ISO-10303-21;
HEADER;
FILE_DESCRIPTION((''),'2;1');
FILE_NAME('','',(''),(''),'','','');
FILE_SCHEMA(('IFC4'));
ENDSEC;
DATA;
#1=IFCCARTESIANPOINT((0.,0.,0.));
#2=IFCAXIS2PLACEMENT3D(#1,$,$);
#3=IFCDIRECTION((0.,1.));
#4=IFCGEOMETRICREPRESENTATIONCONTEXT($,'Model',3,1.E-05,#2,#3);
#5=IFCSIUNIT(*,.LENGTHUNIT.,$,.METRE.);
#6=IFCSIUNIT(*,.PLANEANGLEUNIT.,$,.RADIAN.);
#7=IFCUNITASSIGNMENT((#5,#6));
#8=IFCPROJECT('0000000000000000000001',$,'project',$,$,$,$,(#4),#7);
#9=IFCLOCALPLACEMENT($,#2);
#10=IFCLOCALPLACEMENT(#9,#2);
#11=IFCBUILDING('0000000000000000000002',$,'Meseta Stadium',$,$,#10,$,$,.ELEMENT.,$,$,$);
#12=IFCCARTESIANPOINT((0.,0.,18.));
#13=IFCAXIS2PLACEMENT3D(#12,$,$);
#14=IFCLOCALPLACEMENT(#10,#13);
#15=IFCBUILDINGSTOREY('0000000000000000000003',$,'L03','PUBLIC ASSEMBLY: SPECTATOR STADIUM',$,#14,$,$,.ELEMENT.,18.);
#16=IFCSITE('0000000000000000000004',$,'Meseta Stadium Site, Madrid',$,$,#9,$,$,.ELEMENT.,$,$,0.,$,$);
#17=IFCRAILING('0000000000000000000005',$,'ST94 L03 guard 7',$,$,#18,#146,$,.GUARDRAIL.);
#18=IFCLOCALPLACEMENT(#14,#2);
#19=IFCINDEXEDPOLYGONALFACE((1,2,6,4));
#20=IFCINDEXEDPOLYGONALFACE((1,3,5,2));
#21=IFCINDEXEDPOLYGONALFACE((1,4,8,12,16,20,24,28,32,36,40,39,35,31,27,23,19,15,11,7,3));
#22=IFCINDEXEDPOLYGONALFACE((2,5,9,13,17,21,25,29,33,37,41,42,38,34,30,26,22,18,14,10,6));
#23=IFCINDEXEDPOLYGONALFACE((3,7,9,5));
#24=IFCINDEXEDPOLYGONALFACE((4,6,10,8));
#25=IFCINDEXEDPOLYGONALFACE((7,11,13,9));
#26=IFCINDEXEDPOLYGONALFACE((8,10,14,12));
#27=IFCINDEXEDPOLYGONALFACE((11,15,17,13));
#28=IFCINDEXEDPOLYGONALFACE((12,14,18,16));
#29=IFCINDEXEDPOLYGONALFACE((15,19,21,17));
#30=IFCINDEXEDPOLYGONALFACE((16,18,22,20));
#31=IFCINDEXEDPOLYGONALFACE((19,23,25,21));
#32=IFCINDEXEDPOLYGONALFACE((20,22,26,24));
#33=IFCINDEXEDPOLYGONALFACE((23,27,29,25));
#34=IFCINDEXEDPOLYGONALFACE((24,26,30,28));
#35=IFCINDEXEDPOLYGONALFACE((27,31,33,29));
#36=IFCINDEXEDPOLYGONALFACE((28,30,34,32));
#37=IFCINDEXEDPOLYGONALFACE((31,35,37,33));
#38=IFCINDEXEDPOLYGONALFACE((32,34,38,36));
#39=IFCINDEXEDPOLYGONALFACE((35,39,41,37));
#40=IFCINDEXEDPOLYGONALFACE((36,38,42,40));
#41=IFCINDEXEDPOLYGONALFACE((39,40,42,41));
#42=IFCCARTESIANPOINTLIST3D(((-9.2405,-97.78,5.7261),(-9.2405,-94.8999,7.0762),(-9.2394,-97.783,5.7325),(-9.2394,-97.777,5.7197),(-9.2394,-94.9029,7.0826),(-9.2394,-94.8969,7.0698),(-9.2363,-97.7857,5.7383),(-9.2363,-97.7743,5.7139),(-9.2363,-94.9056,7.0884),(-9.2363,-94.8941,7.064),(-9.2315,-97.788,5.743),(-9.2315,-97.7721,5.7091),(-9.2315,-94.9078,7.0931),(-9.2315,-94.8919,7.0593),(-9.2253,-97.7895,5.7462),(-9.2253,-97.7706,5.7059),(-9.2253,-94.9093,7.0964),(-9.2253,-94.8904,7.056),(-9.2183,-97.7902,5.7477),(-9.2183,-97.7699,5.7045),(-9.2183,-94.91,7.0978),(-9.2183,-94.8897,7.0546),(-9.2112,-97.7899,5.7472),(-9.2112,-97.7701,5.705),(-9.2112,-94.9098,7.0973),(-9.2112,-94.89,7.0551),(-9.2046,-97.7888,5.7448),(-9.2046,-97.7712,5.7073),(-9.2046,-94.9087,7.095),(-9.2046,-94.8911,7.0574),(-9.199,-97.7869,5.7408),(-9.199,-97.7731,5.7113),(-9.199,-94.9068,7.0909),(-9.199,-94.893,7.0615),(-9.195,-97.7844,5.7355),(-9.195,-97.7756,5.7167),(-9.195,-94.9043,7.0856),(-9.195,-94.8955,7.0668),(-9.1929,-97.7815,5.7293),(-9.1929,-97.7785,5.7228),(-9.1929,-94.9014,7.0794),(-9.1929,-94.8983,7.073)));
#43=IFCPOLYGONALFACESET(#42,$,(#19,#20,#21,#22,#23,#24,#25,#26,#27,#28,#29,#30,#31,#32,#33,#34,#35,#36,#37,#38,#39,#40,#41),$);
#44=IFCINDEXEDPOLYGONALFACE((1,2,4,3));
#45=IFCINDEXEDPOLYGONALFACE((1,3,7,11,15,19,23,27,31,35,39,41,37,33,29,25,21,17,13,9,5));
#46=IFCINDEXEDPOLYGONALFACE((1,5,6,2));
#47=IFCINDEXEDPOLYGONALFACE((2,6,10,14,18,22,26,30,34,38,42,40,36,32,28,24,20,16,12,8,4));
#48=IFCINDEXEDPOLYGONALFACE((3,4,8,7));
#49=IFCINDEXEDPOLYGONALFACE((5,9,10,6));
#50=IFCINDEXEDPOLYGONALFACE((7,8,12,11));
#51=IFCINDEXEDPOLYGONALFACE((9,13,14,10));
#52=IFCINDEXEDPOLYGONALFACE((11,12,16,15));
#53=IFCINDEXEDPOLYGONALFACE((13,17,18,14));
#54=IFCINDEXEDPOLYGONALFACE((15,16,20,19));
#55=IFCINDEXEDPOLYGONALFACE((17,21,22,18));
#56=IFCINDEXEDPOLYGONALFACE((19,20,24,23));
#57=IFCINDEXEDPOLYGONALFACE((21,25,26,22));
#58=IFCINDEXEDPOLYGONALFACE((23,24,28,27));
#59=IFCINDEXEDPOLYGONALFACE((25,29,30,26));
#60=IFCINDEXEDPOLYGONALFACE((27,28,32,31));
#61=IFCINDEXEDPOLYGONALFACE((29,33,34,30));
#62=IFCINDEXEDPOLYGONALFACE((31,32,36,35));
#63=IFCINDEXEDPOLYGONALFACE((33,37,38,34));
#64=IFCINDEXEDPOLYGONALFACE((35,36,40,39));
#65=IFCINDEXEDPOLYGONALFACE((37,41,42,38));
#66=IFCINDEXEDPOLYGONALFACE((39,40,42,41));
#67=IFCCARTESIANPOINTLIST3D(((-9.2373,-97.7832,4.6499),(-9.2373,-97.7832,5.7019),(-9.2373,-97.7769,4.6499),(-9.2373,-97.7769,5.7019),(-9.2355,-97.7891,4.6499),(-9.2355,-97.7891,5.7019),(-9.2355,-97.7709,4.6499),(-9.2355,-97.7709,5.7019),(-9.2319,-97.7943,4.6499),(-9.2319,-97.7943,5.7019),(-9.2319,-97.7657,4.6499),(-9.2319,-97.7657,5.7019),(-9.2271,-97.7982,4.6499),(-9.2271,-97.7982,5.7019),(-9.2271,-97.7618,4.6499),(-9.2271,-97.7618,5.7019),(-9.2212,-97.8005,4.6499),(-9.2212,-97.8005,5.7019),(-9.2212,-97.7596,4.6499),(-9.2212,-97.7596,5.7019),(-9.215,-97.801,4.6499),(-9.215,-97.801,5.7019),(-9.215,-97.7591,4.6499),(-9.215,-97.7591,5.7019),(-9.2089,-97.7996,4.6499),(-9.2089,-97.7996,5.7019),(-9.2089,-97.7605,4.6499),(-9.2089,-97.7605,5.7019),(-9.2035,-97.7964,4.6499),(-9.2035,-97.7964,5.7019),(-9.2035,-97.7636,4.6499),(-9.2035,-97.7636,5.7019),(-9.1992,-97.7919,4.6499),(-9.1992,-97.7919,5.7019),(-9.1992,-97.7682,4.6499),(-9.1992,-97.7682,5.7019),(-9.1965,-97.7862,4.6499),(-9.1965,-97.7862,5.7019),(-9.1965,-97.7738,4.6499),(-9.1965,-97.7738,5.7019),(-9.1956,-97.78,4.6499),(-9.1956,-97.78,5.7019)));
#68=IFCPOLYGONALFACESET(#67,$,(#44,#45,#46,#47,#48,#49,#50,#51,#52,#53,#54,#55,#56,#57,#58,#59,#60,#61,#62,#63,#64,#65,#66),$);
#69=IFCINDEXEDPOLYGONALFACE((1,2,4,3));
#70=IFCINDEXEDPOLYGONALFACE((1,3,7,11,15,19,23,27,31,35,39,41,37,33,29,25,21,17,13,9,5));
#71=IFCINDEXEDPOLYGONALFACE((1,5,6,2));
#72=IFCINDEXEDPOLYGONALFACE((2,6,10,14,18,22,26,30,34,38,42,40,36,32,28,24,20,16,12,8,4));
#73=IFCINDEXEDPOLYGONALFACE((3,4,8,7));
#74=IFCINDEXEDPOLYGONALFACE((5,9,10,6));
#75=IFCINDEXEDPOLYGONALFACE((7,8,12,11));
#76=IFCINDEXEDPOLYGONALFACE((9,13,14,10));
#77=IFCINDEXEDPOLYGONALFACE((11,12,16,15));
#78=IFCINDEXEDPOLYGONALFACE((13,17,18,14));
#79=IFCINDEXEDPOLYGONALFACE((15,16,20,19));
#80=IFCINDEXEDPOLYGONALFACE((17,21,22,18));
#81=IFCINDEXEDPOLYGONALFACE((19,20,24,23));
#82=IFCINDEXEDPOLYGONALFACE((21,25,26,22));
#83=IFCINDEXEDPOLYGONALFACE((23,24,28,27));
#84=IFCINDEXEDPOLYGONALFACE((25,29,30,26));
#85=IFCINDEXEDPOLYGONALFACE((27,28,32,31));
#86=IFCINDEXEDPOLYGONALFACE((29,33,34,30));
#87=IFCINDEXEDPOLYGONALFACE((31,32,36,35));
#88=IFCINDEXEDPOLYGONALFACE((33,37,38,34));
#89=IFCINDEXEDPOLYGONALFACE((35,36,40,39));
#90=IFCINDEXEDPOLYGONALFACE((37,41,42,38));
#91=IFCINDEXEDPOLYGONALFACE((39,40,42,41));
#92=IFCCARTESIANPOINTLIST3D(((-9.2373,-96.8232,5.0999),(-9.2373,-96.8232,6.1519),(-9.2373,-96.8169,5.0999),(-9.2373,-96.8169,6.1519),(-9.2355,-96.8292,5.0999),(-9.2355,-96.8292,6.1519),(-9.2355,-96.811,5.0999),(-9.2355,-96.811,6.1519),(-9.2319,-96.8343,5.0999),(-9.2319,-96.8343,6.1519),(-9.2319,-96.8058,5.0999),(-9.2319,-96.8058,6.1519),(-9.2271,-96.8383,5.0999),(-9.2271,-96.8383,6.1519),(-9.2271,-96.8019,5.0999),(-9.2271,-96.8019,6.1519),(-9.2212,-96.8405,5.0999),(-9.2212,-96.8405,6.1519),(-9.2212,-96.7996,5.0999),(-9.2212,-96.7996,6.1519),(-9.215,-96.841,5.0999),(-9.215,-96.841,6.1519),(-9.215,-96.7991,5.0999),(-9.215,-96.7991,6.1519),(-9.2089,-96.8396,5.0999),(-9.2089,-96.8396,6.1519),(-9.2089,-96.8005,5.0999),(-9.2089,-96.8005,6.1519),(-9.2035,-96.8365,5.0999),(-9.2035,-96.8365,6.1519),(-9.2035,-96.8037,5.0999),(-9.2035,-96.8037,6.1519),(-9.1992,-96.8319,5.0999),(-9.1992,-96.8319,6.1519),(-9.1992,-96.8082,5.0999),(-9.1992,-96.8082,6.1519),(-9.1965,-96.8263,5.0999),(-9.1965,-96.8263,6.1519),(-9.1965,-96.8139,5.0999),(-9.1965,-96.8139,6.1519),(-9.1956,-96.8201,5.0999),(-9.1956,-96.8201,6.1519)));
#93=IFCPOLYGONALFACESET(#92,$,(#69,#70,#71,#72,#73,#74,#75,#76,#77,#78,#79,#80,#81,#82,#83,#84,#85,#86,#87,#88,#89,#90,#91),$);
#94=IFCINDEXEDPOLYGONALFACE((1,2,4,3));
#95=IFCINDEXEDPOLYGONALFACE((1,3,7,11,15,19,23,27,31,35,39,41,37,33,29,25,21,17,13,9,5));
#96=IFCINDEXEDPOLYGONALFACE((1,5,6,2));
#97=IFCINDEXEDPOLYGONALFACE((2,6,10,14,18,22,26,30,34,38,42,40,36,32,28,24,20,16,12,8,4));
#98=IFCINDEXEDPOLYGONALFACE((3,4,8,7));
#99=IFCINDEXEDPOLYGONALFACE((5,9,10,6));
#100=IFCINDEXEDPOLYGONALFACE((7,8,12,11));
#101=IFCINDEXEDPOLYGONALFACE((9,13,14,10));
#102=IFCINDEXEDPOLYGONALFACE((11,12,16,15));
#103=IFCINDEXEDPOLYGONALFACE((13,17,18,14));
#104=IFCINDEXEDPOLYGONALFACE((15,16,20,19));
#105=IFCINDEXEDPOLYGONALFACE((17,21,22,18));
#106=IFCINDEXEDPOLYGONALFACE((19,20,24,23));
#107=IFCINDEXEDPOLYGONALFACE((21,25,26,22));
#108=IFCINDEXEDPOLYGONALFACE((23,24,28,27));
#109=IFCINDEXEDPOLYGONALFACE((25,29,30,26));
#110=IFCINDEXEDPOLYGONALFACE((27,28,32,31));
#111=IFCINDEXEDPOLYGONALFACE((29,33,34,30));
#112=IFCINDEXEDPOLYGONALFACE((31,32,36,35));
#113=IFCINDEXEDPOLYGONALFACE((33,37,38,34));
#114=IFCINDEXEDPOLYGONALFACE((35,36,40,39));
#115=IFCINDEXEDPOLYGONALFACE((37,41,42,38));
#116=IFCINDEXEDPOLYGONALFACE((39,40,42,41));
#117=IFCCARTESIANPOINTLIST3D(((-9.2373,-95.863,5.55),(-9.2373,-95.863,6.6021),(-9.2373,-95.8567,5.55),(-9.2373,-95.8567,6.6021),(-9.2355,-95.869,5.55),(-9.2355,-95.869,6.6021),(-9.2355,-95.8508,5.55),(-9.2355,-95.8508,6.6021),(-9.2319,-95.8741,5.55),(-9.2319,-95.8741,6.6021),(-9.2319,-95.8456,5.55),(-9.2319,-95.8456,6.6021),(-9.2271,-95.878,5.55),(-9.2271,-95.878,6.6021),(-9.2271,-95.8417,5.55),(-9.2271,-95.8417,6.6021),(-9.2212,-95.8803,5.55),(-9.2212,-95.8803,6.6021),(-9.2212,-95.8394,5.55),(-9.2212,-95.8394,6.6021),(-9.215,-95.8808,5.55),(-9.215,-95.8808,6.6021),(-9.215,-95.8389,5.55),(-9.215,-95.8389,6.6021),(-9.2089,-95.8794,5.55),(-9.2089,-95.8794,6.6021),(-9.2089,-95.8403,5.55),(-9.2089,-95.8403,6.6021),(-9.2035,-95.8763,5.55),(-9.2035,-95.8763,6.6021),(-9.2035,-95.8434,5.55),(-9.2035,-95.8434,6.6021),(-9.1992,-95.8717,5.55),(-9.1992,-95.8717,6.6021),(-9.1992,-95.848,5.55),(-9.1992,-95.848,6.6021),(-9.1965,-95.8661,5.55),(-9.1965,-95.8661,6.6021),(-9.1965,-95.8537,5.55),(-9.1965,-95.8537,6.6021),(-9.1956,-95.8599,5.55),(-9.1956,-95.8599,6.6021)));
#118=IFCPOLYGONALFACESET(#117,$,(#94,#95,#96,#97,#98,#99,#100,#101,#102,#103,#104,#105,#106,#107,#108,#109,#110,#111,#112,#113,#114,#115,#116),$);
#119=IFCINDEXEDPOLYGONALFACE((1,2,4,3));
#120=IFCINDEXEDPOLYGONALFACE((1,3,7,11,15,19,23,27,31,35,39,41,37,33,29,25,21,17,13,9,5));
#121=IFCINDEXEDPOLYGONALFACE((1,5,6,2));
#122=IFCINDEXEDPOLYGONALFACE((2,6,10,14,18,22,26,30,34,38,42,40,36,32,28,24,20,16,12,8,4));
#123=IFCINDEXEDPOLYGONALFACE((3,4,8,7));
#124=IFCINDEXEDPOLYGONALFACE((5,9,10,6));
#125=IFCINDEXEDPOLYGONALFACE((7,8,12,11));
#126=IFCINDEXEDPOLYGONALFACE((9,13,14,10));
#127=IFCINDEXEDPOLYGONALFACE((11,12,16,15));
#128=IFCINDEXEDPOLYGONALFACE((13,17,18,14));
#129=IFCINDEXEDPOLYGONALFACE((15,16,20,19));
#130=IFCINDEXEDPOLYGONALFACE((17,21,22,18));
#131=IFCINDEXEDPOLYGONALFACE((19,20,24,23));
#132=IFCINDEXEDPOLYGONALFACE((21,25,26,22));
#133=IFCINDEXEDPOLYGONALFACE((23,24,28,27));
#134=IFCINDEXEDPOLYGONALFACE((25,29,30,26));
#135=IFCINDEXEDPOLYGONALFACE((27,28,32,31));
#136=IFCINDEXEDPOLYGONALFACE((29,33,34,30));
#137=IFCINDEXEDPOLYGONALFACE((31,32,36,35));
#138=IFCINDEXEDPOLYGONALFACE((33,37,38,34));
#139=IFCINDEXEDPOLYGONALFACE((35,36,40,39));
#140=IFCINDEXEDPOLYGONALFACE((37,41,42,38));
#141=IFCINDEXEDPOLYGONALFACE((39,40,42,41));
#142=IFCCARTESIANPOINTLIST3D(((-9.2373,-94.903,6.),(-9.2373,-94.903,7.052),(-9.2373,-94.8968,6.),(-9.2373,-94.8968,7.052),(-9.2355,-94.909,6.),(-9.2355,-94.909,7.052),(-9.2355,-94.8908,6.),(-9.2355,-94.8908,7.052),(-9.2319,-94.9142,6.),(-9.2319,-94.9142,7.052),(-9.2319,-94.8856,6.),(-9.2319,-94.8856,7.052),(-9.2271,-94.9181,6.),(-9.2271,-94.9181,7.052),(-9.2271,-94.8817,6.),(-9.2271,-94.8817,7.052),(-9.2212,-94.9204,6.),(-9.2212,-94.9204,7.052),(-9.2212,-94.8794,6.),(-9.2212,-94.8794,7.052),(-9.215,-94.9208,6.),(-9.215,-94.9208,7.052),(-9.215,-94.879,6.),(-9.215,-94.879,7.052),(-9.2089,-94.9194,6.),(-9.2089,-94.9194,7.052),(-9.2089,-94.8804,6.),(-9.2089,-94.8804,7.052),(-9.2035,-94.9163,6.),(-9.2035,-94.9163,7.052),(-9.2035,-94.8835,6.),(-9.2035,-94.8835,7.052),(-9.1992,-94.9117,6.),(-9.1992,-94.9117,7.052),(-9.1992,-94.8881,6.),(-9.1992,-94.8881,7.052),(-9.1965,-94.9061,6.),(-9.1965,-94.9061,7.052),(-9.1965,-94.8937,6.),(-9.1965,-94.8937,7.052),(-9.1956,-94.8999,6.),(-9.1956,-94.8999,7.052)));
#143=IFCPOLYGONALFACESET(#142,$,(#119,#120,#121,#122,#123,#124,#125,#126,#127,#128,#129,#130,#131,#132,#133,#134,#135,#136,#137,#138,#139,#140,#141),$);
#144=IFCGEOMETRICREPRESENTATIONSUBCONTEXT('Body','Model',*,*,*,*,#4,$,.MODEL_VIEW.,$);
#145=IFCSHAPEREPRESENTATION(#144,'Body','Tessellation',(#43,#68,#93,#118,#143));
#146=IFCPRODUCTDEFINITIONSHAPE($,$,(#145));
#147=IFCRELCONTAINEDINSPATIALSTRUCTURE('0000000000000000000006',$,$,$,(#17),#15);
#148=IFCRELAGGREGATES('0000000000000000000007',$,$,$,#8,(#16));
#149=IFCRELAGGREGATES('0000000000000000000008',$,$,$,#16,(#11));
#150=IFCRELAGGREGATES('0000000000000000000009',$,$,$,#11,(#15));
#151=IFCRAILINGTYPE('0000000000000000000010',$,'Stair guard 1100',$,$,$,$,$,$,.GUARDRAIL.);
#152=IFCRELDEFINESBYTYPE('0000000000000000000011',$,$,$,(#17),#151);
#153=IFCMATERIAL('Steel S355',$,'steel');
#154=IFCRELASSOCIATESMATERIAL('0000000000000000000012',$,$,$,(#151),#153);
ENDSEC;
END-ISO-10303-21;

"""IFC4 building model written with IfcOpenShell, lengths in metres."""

from ifc_helpers import new_model, si_unit, direction, frame, origin, origin_2d, place, context, subcontext, project, spatial, circle, extrude, material, type_object, element, save


model = new_model("IFC4")

# Units and contexts
model_context = context("Model", 3, precision=1e-05, world=origin(), true_north=direction((0.0, 1.0)))
body_context = subcontext(model_context, "Body", "Model", "MODEL_VIEW")
ifc_project = project(units=[si_unit("LENGTHUNIT", "METRE"), si_unit("PLANEANGLEUNIT", "RADIAN")], contexts=[model_context])

# Site, building, storey
site_placement = place(None, origin())
site = spatial("IfcSite", under=ifc_project, at=site_placement, Name="Meseta Stadium Site, Madrid", CompositionType="ELEMENT", RefElevation=0.0)
building_placement = place(site_placement, origin())
building = spatial("IfcBuilding", under=site, at=building_placement, Name="Meseta Stadium", CompositionType="ELEMENT")
storey_placement = place(building_placement, frame((0.0, 0.0, 18.0)))
storey = spatial("IfcBuildingStorey", under=building, at=storey_placement, Name="L03", Description="PUBLIC ASSEMBLY: SPECTATOR STADIUM", CompositionType="ELEMENT", Elevation=18.0)

# Railing
ifc_material_1 = material(Name="Steel S355", Category="steel")
railing_type_1 = type_object("IfcRailingType", Name="Stair guard 1100", PredefinedType="GUARDRAIL", material=ifc_material_1)
for number, where, name in (
    (1, (-9.2166, -97.78, 4.6499), "ST94 L03 guard 7"),
):
    element("IfcRailing", number, at=place(storey_placement, frame(where)), inside=storey, type_object=railing_type_1, Name=name, PredefinedType="GUARDRAIL", context=body_context, shape_type="SweptSolid", body=[
        extrude(circle(Radius=0.0239, at=origin_2d()), frame((0.0, 0.0, 1.0762), z_axis=(0.0, 0.905454, 0.424444), x_axis=(-1.0, 0.0, 0.0)), (0.0, 0.0, 1.0), 3.1809),
        extrude(circle(Radius=0.021, at=origin_2d()), origin(), (0.0, 0.0, 1.0), 1.052),
        extrude(circle(Radius=0.021, at=origin_2d()), frame((0.0, 0.96, 0.45)), (0.0, 0.0, 1.0), 1.052),
        extrude(circle(Radius=0.021, at=origin_2d()), frame((0.0, 1.9202, 0.9001)), (0.0, 0.0, 1.0), 1.052),
        extrude(circle(Radius=0.021, at=origin_2d()), frame((0.0, 2.8801, 1.3501)), (0.0, 0.0, 1.0), 1.052),
    ])

save(model, "model.ifc")
